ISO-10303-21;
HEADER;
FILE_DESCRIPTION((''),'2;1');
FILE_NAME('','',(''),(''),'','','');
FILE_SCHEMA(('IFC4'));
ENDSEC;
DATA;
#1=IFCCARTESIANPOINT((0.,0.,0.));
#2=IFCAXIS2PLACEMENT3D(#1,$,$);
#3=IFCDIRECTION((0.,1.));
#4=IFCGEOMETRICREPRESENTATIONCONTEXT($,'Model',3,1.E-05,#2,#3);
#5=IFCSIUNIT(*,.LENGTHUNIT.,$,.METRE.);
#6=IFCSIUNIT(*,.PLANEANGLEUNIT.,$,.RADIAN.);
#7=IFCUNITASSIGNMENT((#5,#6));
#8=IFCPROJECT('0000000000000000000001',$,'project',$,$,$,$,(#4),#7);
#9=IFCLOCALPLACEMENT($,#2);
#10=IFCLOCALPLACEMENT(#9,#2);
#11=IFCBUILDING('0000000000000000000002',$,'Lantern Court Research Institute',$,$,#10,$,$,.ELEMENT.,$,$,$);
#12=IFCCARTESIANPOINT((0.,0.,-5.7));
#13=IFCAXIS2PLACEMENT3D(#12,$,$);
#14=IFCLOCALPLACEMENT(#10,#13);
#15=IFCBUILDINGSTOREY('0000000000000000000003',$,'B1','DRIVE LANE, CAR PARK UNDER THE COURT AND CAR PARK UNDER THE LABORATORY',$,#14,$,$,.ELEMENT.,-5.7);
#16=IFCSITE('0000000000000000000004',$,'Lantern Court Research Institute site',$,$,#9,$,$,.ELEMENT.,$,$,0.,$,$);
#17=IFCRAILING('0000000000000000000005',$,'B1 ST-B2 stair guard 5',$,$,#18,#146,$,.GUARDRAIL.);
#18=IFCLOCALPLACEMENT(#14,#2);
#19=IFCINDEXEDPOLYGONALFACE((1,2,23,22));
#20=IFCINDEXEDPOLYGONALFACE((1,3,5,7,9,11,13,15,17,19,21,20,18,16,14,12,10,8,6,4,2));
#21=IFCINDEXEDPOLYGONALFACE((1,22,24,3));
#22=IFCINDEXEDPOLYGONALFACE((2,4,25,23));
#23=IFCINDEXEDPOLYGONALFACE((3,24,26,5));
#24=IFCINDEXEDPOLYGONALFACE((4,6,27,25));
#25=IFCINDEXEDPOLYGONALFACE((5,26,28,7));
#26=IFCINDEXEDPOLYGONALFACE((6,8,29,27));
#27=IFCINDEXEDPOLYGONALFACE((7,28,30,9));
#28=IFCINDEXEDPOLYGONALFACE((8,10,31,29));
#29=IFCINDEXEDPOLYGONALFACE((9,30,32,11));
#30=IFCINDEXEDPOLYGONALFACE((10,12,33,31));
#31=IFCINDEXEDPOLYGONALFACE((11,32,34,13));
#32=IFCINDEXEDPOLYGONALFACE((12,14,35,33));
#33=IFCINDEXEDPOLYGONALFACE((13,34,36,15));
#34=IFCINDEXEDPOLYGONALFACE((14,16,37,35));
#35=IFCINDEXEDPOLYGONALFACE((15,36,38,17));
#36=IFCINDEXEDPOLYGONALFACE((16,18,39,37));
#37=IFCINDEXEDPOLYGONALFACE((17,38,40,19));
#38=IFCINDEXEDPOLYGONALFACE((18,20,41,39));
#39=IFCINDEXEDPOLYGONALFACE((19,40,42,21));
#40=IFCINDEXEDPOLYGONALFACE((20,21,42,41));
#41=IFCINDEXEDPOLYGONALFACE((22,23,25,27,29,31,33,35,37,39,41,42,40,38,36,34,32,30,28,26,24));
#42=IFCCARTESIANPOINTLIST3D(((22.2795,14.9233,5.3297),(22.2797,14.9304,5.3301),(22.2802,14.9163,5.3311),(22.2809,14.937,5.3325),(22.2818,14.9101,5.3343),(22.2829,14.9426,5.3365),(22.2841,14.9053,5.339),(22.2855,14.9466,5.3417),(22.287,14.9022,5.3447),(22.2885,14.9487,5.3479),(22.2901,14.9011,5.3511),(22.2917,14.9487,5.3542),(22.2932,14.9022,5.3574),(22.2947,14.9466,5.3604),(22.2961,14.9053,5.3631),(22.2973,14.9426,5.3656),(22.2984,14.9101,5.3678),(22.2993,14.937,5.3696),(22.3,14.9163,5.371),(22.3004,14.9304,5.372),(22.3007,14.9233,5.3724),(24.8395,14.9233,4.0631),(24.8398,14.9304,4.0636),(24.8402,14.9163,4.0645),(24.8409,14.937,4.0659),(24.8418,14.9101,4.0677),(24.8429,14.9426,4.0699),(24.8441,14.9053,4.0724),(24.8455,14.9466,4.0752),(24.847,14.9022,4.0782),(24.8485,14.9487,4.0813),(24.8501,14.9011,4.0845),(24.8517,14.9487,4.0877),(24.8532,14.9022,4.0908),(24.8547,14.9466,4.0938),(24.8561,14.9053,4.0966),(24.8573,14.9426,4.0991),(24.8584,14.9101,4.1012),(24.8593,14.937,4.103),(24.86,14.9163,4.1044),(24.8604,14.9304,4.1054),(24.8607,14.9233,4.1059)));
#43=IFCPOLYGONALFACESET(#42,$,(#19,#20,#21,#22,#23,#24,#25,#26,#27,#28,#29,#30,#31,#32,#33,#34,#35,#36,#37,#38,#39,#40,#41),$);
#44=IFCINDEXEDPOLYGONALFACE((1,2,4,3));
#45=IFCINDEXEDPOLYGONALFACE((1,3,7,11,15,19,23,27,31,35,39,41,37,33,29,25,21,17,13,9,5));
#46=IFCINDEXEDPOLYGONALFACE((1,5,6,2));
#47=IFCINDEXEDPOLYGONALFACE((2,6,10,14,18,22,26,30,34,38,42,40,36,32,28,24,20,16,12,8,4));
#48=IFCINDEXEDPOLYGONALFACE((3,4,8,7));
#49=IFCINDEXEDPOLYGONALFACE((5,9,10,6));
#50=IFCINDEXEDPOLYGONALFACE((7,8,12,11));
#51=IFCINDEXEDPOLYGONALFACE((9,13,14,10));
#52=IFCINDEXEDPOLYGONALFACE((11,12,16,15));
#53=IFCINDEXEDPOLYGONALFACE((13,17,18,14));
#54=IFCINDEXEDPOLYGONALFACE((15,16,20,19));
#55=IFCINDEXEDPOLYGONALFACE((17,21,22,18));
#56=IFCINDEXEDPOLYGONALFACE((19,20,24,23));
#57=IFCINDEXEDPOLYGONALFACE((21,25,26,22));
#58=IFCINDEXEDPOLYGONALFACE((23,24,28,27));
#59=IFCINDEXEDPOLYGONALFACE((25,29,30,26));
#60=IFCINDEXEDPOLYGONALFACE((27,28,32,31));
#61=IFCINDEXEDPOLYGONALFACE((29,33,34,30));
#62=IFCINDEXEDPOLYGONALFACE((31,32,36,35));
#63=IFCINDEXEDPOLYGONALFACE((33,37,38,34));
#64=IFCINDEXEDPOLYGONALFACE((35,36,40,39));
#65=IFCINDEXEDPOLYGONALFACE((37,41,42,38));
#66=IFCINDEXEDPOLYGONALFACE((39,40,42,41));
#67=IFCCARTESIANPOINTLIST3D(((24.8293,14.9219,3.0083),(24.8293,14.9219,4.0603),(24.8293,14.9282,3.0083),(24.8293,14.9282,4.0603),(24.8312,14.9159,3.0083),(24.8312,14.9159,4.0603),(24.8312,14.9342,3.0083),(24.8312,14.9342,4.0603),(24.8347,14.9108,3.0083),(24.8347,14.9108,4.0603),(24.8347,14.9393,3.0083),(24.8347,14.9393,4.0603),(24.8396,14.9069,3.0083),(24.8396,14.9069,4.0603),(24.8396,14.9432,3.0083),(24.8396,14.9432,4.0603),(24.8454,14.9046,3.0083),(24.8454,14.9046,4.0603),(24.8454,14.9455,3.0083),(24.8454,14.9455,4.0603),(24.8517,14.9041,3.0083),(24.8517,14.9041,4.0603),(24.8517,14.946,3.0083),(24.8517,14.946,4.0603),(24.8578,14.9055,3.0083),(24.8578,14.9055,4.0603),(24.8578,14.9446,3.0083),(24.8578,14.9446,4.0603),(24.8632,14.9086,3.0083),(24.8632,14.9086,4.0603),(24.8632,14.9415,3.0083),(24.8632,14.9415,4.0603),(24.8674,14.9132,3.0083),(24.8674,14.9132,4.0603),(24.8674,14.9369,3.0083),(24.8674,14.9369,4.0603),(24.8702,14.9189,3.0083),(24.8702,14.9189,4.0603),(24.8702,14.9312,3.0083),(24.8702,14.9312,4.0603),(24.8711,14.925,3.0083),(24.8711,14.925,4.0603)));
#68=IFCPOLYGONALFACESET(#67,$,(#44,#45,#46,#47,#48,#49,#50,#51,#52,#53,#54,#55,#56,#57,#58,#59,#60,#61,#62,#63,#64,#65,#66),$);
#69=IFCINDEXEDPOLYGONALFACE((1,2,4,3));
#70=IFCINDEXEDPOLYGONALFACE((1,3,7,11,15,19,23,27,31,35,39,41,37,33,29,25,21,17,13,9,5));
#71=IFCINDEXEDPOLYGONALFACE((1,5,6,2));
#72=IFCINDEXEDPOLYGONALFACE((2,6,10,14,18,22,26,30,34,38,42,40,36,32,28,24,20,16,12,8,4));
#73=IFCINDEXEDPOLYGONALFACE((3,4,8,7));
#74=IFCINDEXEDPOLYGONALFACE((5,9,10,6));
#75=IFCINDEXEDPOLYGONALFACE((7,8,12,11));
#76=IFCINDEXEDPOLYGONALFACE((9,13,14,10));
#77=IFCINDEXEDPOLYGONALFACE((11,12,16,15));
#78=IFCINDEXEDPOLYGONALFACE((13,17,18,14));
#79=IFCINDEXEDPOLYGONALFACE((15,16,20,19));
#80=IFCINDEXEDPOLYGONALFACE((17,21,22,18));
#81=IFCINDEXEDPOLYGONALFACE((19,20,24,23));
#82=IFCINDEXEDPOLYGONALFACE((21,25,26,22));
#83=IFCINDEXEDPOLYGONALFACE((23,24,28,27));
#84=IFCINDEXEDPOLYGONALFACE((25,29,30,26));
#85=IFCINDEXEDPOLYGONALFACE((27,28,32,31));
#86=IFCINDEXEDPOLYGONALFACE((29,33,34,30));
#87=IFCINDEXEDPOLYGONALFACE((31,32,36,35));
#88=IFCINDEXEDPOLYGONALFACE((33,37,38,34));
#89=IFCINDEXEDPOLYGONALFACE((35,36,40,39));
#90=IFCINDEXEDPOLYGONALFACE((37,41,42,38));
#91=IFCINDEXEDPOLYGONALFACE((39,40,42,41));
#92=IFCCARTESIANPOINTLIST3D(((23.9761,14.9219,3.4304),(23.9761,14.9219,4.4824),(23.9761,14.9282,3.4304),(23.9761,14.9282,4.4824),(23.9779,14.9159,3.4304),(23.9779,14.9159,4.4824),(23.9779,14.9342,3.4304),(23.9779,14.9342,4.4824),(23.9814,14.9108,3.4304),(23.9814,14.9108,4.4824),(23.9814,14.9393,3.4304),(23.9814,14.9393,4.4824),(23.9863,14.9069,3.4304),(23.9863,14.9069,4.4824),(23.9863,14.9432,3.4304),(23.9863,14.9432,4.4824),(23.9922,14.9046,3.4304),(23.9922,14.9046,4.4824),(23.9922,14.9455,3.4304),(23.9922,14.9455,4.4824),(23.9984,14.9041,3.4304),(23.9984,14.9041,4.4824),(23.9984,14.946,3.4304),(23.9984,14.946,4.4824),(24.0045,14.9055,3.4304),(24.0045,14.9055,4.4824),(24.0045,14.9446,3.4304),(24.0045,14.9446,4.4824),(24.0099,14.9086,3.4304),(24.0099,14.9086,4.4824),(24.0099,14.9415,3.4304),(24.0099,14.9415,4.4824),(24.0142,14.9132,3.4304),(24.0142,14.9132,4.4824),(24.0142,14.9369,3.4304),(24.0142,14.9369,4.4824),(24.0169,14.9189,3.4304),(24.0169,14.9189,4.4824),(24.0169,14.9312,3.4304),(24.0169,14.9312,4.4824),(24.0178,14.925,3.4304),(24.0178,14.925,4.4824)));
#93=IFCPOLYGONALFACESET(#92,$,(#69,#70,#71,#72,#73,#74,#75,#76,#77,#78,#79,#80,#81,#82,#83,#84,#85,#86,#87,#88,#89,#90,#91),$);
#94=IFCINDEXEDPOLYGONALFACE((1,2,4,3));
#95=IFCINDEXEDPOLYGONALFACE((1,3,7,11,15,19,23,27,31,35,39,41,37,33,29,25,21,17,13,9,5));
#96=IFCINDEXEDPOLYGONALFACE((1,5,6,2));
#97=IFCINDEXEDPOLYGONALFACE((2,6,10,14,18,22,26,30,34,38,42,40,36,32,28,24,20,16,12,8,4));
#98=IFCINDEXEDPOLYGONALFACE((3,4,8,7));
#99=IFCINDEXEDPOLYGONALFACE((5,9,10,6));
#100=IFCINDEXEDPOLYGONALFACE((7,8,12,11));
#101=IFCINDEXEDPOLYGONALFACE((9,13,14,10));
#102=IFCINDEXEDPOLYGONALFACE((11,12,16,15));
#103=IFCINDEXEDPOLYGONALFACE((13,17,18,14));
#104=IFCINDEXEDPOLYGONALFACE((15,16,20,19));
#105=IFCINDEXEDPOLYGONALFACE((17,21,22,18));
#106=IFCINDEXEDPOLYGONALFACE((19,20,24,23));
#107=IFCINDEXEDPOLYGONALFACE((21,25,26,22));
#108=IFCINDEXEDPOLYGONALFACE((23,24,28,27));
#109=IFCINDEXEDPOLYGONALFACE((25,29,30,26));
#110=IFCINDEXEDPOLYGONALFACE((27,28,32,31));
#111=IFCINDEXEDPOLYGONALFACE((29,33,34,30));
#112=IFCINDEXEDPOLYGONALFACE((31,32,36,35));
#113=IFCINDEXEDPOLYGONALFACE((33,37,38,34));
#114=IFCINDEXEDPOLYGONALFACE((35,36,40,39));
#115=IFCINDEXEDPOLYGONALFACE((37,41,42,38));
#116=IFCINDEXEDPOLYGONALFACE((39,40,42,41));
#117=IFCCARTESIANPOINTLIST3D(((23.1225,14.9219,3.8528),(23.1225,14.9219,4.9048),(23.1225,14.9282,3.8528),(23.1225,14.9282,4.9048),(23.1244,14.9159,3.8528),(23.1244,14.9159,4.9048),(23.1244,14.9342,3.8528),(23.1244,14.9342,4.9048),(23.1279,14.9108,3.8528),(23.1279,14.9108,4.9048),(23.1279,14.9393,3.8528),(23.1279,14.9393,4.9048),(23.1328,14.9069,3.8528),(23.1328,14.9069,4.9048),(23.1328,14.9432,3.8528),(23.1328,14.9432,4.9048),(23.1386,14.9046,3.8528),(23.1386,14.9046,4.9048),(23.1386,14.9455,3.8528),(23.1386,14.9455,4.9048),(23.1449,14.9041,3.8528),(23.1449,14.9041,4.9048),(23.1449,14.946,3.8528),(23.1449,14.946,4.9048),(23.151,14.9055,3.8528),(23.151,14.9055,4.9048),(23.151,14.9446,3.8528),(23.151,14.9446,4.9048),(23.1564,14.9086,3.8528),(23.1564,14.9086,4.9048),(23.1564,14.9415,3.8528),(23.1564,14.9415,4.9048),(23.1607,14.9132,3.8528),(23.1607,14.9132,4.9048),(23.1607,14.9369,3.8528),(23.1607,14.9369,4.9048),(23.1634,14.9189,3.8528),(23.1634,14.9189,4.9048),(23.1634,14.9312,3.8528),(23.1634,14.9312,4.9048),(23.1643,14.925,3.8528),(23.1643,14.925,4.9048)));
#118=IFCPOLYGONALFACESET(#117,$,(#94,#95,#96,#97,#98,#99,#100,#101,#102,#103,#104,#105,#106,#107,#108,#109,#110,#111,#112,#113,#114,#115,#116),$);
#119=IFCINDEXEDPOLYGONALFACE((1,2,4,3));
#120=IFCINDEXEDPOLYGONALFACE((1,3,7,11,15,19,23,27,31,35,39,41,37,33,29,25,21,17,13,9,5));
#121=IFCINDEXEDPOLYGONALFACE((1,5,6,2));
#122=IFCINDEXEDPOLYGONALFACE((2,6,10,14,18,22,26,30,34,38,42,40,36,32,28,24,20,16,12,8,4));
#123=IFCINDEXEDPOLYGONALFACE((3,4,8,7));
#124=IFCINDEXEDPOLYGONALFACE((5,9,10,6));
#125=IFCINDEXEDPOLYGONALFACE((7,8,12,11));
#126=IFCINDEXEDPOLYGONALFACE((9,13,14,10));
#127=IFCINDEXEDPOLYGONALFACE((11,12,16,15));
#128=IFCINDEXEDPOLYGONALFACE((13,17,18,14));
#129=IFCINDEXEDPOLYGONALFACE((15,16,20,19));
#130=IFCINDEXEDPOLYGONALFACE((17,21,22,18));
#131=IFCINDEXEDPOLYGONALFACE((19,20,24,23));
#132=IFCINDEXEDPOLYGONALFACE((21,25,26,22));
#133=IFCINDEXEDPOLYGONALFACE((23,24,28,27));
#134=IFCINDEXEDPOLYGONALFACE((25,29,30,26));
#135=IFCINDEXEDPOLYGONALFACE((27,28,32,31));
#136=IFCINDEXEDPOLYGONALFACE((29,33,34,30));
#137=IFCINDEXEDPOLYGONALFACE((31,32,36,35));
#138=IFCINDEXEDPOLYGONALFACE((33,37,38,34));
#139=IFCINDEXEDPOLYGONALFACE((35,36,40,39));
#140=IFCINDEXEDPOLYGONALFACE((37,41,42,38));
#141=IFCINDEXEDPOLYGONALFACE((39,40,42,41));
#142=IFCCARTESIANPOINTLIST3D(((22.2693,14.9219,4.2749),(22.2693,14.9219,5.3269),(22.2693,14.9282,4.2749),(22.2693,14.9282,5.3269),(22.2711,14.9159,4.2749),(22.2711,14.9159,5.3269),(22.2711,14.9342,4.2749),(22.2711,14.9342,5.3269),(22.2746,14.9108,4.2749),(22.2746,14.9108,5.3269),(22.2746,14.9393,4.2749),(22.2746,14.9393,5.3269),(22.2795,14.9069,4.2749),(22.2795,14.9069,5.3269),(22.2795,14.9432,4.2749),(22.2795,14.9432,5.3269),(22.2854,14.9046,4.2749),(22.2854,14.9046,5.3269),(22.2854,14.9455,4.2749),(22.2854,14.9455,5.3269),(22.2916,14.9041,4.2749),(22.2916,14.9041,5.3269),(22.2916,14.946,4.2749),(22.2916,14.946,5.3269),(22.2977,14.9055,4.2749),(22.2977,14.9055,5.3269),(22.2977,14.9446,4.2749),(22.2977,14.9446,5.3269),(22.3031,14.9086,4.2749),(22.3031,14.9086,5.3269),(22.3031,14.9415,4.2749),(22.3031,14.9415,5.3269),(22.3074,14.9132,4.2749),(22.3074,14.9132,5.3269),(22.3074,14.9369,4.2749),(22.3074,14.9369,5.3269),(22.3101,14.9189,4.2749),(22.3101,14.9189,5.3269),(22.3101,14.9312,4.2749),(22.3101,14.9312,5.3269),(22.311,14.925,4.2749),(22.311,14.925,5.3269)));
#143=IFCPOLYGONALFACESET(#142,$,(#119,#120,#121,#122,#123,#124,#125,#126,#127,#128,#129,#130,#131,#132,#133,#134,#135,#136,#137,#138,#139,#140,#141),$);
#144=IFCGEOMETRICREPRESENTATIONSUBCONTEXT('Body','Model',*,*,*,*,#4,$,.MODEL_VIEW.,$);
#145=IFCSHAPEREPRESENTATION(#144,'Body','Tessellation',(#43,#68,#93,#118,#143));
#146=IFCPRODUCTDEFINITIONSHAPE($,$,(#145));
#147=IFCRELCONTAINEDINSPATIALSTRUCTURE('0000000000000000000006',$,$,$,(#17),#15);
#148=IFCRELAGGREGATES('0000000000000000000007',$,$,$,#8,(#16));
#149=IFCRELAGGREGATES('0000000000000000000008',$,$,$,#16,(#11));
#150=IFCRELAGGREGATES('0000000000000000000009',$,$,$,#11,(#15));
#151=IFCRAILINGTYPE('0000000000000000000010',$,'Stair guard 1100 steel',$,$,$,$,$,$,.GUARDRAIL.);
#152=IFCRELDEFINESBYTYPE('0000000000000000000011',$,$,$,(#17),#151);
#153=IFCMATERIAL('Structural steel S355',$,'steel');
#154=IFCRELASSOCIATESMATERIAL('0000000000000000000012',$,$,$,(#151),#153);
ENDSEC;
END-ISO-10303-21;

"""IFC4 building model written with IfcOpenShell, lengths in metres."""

from ifc_helpers import new_model, si_unit, direction, frame, origin, origin_2d, place, context, subcontext, project, spatial, circle, extrude, material, type_object, element, save


model = new_model("IFC4")

# Units and contexts
model_context = context("Model", 3, precision=1e-05, world=origin(), true_north=direction((0.0, 1.0)))
body_context = subcontext(model_context, "Body", "Model", "MODEL_VIEW")
ifc_project = project(units=[si_unit("LENGTHUNIT", "METRE"), si_unit("PLANEANGLEUNIT", "RADIAN")], contexts=[model_context])

# Site, building, storey
site_placement = place(None, origin())
site = spatial("IfcSite", under=ifc_project, at=site_placement, Name="Lantern Court Research Institute site", CompositionType="ELEMENT", RefElevation=0.0)
building_placement = place(site_placement, origin())
building = spatial("IfcBuilding", under=site, at=building_placement, Name="Lantern Court Research Institute", CompositionType="ELEMENT")
storey_placement = place(building_placement, frame((0.0, 0.0, -5.7)))
storey = spatial("IfcBuildingStorey", under=building, at=storey_placement, Name="B1", Description="DRIVE LANE, CAR PARK UNDER THE COURT AND CAR PARK UNDER THE LABORATORY", CompositionType="ELEMENT", Elevation=-5.7)

# Railing
ifc_material_1 = material(Name="Structural steel S355", Category="steel")
railing_type_1 = type_object("IfcRailingType", Name="Stair guard 1100 steel", PredefinedType="GUARDRAIL", material=ifc_material_1)
railing_1_placement = place(storey_placement, frame((24.8501, 14.925, 3.0083)))
element("IfcRailing", 1, at=railing_1_placement, inside=storey, type_object=railing_type_1, Name="B1 ST-B2 stair guard 5", PredefinedType="GUARDRAIL", context=body_context, shape_type="SweptSolid", body=[
    extrude(circle(Radius=0.0239, at=origin_2d()), frame((0.0, 0.0, 1.0762), z_axis=(-0.8963, 0.0, 0.443449), x_axis=(0.0, -1.0, 0.0)), (0.0, 0.0, 1.0), 2.8562),
    extrude(circle(Radius=0.021, at=origin_2d()), origin(), (0.0, 0.0, 1.0), 1.052),
    extrude(circle(Radius=0.021, at=origin_2d()), frame((-0.8533, 0.0, 0.4221)), (0.0, 0.0, 1.0), 1.052),
    extrude(circle(Radius=0.021, at=origin_2d()), frame((-1.7068, 0.0, 0.8445)), (0.0, 0.0, 1.0), 1.052),
    extrude(circle(Radius=0.021, at=origin_2d()), frame((-2.5601, 0.0, 1.2666)), (0.0, 0.0, 1.0), 1.052),
])

save(model, "model.ifc")
